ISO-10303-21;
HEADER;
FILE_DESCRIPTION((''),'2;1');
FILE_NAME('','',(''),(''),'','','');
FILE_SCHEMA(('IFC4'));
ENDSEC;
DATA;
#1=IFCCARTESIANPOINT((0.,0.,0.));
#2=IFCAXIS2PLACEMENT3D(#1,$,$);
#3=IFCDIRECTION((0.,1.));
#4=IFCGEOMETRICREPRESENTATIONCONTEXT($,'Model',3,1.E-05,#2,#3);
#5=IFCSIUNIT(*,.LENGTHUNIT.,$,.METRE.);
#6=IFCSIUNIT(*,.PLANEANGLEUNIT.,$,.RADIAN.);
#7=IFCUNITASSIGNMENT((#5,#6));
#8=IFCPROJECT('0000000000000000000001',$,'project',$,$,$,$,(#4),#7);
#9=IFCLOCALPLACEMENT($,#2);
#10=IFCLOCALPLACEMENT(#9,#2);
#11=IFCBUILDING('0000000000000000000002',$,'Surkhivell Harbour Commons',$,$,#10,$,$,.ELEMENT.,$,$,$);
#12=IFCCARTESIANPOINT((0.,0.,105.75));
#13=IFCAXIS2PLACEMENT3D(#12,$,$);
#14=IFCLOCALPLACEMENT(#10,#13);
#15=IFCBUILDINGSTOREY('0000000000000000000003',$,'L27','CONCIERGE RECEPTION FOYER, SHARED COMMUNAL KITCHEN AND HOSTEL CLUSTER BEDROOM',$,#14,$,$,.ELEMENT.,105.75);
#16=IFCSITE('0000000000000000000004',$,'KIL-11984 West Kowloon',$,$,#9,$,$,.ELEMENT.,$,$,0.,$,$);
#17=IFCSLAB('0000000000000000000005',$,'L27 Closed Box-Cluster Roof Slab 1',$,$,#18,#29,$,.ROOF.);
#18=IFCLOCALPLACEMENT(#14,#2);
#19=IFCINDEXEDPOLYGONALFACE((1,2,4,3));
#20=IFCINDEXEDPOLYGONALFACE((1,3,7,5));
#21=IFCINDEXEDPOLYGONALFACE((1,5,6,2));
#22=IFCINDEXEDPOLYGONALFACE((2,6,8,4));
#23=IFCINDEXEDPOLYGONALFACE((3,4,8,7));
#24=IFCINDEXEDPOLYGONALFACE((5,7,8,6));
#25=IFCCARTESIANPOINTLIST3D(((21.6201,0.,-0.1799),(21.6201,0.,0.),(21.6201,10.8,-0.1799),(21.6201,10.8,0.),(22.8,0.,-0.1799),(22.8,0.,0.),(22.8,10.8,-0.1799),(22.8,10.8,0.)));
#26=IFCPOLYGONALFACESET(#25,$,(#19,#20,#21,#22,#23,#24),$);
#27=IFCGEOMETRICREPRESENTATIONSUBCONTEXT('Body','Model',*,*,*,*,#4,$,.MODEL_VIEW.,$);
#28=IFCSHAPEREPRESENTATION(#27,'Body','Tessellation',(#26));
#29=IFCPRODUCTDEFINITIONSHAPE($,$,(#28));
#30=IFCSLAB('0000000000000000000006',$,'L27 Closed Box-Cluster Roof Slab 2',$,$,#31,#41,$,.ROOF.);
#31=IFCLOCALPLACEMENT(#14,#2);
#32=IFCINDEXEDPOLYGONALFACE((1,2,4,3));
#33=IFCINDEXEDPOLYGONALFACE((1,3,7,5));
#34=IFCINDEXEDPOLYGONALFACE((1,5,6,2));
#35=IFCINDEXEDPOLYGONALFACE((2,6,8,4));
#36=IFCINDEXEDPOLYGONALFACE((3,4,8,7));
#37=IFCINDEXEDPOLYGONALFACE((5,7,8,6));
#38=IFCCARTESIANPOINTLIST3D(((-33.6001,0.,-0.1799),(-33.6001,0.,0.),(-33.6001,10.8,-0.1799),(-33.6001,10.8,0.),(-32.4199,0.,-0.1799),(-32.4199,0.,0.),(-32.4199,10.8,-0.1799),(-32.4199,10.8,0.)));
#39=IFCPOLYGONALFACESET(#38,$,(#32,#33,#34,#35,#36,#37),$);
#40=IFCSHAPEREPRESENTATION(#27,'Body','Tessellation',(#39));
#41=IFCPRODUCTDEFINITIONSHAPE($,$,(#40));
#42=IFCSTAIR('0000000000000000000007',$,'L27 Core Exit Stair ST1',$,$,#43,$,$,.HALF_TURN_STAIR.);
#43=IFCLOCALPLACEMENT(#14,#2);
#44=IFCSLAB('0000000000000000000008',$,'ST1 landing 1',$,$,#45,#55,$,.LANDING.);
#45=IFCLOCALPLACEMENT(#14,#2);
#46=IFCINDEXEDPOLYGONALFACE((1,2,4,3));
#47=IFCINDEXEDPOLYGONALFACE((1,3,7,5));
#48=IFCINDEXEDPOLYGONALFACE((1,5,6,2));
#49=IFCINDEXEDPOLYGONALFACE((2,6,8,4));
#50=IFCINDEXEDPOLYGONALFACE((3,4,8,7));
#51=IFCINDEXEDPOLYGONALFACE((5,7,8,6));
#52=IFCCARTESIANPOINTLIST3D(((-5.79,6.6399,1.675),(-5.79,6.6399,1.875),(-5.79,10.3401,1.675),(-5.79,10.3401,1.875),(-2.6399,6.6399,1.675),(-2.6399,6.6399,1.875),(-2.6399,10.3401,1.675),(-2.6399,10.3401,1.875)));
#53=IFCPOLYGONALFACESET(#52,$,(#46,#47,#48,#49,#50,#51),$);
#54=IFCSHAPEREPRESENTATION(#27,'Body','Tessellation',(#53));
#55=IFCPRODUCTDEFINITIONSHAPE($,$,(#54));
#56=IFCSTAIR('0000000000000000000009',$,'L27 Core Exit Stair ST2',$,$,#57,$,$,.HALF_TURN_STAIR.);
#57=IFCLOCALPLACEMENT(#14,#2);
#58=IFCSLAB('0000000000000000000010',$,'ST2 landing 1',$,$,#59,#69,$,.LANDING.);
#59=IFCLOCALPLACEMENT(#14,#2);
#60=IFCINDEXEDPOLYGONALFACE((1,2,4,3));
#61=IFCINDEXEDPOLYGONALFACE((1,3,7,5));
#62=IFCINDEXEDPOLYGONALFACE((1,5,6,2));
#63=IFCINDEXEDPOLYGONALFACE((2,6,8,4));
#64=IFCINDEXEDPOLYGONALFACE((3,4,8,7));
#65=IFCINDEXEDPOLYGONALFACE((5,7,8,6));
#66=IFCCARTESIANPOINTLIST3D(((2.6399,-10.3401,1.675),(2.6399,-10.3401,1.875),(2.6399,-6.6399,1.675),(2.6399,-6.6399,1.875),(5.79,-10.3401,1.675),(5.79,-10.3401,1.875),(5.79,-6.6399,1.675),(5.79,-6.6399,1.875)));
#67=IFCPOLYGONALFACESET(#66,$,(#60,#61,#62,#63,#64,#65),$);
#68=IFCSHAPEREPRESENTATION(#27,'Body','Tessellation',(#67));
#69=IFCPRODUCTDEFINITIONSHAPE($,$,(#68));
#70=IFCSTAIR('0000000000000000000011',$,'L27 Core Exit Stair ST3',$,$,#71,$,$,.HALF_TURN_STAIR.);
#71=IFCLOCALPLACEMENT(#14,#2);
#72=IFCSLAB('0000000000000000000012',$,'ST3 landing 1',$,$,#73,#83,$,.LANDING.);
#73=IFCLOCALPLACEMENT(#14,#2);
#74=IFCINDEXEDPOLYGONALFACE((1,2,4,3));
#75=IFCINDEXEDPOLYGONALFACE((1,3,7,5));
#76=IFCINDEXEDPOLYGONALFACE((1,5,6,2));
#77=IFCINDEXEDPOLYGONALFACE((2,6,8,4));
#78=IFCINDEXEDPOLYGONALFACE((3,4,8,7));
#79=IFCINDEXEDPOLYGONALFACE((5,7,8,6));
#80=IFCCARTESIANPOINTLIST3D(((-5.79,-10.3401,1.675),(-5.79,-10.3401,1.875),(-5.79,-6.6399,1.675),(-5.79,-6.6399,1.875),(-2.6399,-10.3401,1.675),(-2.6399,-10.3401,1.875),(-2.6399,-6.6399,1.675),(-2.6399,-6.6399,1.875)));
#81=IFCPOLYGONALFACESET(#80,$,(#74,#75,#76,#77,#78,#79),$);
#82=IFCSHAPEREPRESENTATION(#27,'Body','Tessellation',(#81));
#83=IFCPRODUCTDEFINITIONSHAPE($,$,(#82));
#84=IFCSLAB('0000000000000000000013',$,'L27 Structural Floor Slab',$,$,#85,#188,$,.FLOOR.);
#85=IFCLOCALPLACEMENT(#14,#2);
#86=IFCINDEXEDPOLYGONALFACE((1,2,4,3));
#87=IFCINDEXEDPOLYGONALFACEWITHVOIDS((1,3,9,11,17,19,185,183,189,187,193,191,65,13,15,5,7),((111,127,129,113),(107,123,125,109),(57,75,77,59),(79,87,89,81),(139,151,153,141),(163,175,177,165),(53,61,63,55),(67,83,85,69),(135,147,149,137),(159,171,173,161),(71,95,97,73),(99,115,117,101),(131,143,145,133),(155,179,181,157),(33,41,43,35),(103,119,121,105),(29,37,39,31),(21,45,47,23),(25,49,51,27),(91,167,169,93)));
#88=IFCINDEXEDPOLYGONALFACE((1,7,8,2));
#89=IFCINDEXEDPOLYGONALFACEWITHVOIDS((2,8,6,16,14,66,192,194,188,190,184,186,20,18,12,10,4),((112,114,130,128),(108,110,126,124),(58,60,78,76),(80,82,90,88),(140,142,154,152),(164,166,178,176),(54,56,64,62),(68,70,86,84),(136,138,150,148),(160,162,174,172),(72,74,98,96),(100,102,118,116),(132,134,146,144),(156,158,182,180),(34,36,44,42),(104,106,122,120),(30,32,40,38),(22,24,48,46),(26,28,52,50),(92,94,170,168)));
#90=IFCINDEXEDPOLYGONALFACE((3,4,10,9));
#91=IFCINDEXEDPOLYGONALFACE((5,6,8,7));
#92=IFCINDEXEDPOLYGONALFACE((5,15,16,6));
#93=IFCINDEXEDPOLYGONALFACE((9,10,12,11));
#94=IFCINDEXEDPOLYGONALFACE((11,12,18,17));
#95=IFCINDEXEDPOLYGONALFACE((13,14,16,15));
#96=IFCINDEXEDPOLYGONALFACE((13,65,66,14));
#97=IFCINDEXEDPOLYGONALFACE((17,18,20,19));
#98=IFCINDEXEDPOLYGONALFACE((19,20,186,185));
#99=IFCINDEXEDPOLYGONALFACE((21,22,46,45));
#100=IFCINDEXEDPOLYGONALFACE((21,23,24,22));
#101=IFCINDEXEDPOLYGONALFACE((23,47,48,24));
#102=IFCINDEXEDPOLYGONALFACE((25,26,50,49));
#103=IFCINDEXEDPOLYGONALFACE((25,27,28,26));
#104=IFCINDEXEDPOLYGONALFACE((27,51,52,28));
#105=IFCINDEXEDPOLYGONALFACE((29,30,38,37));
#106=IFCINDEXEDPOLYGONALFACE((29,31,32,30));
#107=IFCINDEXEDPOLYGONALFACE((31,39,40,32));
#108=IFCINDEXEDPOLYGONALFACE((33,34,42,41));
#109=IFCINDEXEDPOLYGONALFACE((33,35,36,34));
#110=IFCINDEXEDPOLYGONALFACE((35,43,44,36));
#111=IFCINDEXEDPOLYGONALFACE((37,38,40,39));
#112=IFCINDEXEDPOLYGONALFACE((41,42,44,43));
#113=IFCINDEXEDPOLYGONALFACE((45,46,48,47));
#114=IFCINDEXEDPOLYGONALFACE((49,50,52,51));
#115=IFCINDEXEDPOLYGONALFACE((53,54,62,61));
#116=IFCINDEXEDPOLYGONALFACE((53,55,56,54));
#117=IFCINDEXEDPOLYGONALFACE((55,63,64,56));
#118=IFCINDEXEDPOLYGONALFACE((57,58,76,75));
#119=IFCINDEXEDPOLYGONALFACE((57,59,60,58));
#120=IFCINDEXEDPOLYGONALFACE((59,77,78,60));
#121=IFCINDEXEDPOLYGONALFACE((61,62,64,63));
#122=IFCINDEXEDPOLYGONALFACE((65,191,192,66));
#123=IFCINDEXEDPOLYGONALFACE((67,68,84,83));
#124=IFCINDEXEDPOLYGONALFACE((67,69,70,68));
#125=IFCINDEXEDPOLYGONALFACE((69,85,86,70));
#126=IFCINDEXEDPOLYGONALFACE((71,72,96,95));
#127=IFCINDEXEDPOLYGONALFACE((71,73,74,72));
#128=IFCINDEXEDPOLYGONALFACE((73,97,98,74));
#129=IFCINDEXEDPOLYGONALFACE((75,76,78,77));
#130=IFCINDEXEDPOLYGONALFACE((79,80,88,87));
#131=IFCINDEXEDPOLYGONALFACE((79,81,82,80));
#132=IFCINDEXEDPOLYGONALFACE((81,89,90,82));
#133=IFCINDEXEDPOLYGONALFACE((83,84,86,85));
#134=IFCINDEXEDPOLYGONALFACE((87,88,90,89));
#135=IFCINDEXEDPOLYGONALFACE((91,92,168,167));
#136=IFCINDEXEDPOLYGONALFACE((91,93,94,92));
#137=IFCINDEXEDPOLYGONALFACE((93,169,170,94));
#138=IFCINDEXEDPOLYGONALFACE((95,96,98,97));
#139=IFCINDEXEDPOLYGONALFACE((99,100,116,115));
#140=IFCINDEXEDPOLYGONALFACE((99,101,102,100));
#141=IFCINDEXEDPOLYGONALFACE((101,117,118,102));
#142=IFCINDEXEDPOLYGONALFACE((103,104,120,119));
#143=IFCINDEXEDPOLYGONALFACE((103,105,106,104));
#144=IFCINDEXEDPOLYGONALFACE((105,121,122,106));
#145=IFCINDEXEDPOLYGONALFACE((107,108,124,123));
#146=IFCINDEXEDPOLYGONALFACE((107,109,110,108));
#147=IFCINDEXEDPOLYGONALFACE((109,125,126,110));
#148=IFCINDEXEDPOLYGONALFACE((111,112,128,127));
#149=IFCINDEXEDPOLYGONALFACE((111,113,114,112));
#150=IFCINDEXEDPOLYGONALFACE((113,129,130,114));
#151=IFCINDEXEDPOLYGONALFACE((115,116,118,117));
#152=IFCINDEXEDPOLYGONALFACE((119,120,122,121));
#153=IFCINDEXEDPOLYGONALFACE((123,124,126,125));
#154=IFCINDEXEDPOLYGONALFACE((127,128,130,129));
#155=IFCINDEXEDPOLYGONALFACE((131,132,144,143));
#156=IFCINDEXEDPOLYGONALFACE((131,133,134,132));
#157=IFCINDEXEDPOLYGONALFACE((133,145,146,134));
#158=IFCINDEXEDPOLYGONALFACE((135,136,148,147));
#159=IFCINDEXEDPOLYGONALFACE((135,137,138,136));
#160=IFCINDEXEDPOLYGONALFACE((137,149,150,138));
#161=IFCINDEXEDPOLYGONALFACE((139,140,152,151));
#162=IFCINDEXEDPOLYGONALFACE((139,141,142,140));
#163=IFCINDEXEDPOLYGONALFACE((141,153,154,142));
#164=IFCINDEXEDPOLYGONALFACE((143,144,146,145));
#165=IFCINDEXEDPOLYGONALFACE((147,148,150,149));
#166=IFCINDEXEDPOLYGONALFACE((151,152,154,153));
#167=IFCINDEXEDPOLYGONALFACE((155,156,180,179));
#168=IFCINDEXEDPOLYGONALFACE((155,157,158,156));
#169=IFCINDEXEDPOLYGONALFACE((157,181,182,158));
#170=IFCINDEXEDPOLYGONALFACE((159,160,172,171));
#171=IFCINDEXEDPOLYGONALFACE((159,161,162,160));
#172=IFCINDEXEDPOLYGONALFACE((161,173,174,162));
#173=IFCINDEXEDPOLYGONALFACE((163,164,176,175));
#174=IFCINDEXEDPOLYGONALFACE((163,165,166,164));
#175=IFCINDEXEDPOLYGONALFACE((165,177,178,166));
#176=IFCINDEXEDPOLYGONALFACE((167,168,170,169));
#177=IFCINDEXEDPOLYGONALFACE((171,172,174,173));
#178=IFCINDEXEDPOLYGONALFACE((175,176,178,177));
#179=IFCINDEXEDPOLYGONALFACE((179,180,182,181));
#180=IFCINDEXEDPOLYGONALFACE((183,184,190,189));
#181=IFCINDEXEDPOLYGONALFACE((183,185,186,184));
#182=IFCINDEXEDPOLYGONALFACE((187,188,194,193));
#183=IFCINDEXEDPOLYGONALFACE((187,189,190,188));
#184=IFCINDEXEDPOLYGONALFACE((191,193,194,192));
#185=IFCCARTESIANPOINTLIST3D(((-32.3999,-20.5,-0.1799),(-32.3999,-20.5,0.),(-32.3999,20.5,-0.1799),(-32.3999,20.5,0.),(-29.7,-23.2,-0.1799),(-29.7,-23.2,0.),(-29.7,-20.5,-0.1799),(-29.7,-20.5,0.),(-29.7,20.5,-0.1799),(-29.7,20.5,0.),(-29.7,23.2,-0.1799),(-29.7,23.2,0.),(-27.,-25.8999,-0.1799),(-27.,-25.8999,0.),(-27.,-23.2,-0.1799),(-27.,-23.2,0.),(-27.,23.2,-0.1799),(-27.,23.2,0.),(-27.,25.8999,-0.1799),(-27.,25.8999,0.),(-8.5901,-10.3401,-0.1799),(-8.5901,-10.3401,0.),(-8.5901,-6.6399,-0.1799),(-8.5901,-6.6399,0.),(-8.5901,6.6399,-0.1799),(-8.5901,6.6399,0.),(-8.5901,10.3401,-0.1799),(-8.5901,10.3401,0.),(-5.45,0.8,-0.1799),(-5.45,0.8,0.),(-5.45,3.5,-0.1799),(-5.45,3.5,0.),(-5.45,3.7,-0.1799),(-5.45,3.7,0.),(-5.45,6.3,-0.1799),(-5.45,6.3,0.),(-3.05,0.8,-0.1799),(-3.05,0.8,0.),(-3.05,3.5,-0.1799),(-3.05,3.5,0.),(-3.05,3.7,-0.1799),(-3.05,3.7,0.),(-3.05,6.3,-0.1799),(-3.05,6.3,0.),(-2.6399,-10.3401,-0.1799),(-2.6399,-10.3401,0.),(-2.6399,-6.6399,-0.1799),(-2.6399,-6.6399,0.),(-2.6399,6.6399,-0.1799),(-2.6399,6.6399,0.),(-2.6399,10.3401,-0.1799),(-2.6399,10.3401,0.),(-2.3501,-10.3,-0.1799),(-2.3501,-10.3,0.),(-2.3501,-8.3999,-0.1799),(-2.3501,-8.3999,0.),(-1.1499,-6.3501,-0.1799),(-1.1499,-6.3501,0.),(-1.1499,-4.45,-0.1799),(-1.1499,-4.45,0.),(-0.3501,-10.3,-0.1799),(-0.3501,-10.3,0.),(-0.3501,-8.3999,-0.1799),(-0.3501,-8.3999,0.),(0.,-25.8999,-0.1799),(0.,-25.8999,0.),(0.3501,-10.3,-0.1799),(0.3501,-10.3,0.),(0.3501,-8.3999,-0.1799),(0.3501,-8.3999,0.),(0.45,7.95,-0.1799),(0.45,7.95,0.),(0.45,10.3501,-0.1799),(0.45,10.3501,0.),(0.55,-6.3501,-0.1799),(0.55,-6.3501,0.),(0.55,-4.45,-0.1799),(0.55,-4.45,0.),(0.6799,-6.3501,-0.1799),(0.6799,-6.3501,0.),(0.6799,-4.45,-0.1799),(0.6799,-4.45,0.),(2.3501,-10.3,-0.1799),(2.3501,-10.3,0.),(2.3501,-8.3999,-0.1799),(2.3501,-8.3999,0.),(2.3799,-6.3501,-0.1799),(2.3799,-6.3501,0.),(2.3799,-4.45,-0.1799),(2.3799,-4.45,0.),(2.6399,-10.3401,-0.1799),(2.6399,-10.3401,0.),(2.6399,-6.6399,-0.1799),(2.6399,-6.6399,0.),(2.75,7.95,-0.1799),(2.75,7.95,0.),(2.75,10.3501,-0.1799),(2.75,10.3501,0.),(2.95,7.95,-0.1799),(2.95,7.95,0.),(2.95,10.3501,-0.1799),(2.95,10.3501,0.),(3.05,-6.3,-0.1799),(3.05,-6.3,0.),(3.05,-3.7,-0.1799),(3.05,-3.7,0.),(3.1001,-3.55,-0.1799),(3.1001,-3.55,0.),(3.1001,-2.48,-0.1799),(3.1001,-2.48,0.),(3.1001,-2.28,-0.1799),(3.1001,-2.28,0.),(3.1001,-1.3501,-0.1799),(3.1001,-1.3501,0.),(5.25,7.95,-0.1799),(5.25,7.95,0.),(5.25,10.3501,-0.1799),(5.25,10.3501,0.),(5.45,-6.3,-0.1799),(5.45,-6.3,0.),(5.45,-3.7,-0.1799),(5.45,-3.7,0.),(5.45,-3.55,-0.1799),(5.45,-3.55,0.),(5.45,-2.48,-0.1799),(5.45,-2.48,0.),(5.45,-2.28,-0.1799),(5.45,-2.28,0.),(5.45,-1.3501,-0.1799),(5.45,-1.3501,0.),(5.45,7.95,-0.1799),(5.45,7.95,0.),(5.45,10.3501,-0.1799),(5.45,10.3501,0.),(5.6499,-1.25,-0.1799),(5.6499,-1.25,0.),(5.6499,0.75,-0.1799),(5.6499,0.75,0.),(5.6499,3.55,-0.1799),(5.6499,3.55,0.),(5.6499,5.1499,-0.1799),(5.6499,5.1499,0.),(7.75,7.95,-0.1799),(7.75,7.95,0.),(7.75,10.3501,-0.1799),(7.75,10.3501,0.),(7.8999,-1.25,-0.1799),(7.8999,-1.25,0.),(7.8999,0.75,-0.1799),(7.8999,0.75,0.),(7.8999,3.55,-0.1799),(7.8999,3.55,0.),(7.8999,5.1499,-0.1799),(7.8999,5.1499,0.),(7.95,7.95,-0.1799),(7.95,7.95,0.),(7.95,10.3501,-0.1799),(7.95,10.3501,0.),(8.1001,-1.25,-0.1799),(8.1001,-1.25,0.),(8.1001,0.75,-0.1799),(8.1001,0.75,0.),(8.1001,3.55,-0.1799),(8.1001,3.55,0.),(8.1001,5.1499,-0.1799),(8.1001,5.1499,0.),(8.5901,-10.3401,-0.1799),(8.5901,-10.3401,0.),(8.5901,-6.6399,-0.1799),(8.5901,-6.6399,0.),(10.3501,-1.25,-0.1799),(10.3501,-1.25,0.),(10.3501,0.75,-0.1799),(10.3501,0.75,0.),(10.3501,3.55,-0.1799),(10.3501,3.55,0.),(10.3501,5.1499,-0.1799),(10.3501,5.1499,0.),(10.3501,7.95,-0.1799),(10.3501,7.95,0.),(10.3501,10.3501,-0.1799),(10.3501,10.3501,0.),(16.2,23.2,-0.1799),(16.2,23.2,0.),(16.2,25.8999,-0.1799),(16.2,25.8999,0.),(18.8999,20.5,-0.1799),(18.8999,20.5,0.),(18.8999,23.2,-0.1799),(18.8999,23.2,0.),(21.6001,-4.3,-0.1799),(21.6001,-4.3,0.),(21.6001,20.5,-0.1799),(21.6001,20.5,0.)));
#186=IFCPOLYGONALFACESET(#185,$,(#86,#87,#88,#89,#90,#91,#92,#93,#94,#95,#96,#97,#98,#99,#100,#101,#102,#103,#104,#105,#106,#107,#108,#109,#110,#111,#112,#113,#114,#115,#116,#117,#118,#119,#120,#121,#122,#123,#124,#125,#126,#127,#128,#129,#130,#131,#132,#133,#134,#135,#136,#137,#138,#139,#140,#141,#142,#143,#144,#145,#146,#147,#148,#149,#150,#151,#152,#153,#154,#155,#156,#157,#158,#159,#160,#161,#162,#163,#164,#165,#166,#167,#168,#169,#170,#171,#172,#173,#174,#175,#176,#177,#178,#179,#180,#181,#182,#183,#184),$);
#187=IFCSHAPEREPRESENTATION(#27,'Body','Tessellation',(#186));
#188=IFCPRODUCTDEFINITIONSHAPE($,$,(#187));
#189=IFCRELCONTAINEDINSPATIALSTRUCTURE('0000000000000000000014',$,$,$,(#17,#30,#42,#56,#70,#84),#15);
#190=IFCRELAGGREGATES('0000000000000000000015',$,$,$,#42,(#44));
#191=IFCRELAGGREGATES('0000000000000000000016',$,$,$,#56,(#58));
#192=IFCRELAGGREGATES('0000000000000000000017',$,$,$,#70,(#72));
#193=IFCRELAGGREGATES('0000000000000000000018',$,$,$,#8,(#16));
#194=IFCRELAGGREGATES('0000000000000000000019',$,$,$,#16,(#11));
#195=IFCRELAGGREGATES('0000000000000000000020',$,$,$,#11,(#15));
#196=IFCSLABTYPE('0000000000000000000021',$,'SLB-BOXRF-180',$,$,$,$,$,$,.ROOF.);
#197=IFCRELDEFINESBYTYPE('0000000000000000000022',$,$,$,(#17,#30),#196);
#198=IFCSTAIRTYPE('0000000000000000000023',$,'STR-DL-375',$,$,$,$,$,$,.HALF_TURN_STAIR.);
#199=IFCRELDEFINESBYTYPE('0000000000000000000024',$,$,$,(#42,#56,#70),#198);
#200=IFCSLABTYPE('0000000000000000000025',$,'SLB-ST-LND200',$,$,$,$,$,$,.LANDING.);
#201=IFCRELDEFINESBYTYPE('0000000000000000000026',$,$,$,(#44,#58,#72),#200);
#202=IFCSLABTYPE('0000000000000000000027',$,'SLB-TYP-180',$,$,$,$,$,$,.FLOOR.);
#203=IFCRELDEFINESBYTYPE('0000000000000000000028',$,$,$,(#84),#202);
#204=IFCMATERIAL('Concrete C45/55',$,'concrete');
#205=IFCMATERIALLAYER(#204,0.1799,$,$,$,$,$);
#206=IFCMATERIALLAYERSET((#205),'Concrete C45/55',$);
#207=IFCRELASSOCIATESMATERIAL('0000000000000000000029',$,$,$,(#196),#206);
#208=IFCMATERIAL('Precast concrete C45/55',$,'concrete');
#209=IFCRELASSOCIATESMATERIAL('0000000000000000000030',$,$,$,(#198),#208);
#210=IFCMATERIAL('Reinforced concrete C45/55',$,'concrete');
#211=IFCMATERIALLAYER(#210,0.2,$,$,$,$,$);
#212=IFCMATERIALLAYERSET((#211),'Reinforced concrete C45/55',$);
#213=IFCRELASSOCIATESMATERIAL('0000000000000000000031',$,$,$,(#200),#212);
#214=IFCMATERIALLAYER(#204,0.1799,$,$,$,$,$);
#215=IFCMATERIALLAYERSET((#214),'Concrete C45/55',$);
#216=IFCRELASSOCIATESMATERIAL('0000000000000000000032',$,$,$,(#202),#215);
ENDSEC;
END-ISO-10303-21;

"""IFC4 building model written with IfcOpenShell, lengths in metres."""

from ifc_helpers import new_model, si_unit, direction, frame, origin, place, context, subcontext, project, spatial, polyline, outline, extrude, material, layer, layer_set, type_object, element, aggregate, save


model = new_model("IFC4")

# Units and contexts
model_context = context("Model", 3, precision=1e-05, world=origin(), true_north=direction((0.0, 1.0)))
body_context = subcontext(model_context, "Body", "Model", "MODEL_VIEW")
ifc_project = project(units=[si_unit("LENGTHUNIT", "METRE"), si_unit("PLANEANGLEUNIT", "RADIAN")], contexts=[model_context])

# Site, building, storey
site_placement = place(None, origin())
site = spatial("IfcSite", under=ifc_project, at=site_placement, Name="KIL-11984 West Kowloon", CompositionType="ELEMENT", RefElevation=0.0)
building_placement = place(site_placement, origin())
building = spatial("IfcBuilding", under=site, at=building_placement, Name="Surkhivell Harbour Commons", CompositionType="ELEMENT")
storey_placement = place(building_placement, frame((0.0, 0.0, 105.75)))
storey = spatial("IfcBuildingStorey", under=building, at=storey_placement, Name="L27", Description="CONCIERGE RECEPTION FOYER, SHARED COMMUNAL KITCHEN AND HOSTEL CLUSTER BEDROOM", CompositionType="ELEMENT", Elevation=105.75)

# Slabs
ifc_material_1 = material(Name="Concrete C45/55", Category="concrete")
ifc_layer_1 = layer(ifc_material_1, 0.1799)
ifc_layer_set_1 = layer_set([ifc_layer_1], Name="Concrete C45/55")
slab_type_1 = type_object("IfcSlabType", Name="SLB-BOXRF-180", PredefinedType="ROOF", material=ifc_layer_set_1)
slab_1_placement = place(storey_placement, frame((0.0, 0.0, -0.1799)))
element("IfcSlab", 1, at=slab_1_placement, inside=storey, type_object=slab_type_1, Name="L27 Closed Box-Cluster Roof Slab 1", PredefinedType="ROOF", context=body_context, shape_type="SweptSolid", body=[
    extrude(outline(polyline([(22.8, 10.8), (21.6201, 10.8), (21.6201, 0.0), (22.8, 0.0), (22.8, 10.8)])), origin(), (0.0, 0.0, 1.0), 0.1799),
])
slab_2_placement = place(storey_placement, frame((0.0, 0.0, -0.1799)))
element("IfcSlab", 2, at=slab_2_placement, inside=storey, type_object=slab_type_1, Name="L27 Closed Box-Cluster Roof Slab 2", PredefinedType="ROOF", context=body_context, shape_type="SweptSolid", body=[
    extrude(outline(polyline([(-33.6001, 0.0), (-32.4199, 0.0), (-32.4199, 10.8), (-33.6001, 10.8), (-33.6001, 0.0)])), origin(), (0.0, 0.0, 1.0), 0.1799),
])

# Stairs, slabs
ifc_material_2 = material(Name="Precast concrete C45/55", Category="concrete")
stair_type = type_object("IfcStairType", Name="STR-DL-375", PredefinedType="HALF_TURN_STAIR", material=ifc_material_2)
stair_1_placement = place(storey_placement, origin())
stair_1 = element("IfcStair", 3, at=stair_1_placement, inside=storey, type_object=stair_type, Name="L27 Core Exit Stair ST1", PredefinedType="HALF_TURN_STAIR")
ifc_material_3 = material(Name="Reinforced concrete C45/55", Category="concrete")
ifc_layer_2 = layer(ifc_material_3, 0.2)
ifc_layer_set_2 = layer_set([ifc_layer_2], Name="Reinforced concrete C45/55")
slab_type_2 = type_object("IfcSlabType", Name="SLB-ST-LND200", PredefinedType="LANDING", material=ifc_layer_set_2)
slab_3_placement = place(storey_placement, frame((0.0, 0.0, 1.675)))
slab_3 = element("IfcSlab", 4, at=slab_3_placement, type_object=slab_type_2, Name="ST1 landing 1", PredefinedType="LANDING", context=body_context, shape_type="SweptSolid", body=[
    extrude(outline(polyline([(-5.79, 6.6399), (-2.6399, 6.6399), (-2.6399, 10.3401), (-5.79, 10.3401), (-5.79, 6.6399)])), origin(), (0.0, 0.0, 1.0), 0.2),
])
aggregate(stair_1, [slab_3])
stair_2_placement = place(storey_placement, origin())
stair_2 = element("IfcStair", 5, at=stair_2_placement, inside=storey, type_object=stair_type, Name="L27 Core Exit Stair ST2", PredefinedType="HALF_TURN_STAIR")
slab_4_placement = place(storey_placement, frame((0.0, 0.0, 1.675)))
slab_4 = element("IfcSlab", 6, at=slab_4_placement, type_object=slab_type_2, Name="ST2 landing 1", PredefinedType="LANDING", context=body_context, shape_type="SweptSolid", body=[
    extrude(outline(polyline([(5.79, -6.6399), (2.6399, -6.6399), (2.6399, -10.3401), (5.79, -10.3401), (5.79, -6.6399)])), origin(), (0.0, 0.0, 1.0), 0.2),
])
aggregate(stair_2, [slab_4])
stair_3_placement = place(storey_placement, origin())
stair_3 = element("IfcStair", 7, at=stair_3_placement, inside=storey, type_object=stair_type, Name="L27 Core Exit Stair ST3", PredefinedType="HALF_TURN_STAIR")
slab_5_placement = place(storey_placement, frame((0.0, 0.0, 1.675)))
slab_5 = element("IfcSlab", 8, at=slab_5_placement, type_object=slab_type_2, Name="ST3 landing 1", PredefinedType="LANDING", context=body_context, shape_type="SweptSolid", body=[
    extrude(outline(polyline([(-5.79, -10.3401), (-2.6399, -10.3401), (-2.6399, -6.6399), (-5.79, -6.6399), (-5.79, -10.3401)])), origin(), (0.0, 0.0, 1.0), 0.2),
])
aggregate(stair_3, [slab_5])

# Slab
ifc_layer_3 = layer(ifc_material_1, 0.1799)
ifc_layer_set_3 = layer_set([ifc_layer_3], Name="Concrete C45/55")
slab_type_3 = type_object("IfcSlabType", Name="SLB-TYP-180", PredefinedType="FLOOR", material=ifc_layer_set_3)
slab_6_placement = place(storey_placement, frame((0.0, 0.0, -0.1799)))
element("IfcSlab", 9, at=slab_6_placement, inside=storey, type_object=slab_type_3, Name="L27 Structural Floor Slab", PredefinedType="FLOOR", context=body_context, shape_type="SweptSolid", body=[
    extrude(outline(polyline([(-27.0, -25.8999), (0.0, -25.8999), (21.6001, -4.3), (21.6001, 20.5), (18.8999, 20.5), (18.8999, 23.2), (16.2, 23.2), (16.2, 25.8999), (-27.0, 25.8999), (-27.0, 23.2), (-29.7, 23.2), (-29.7, 20.5), (-32.3999, 20.5), (-32.3999, -20.5), (-29.7, -20.5), (-29.7, -23.2), (-27.0, -23.2), (-27.0, -25.8999)]), holes=[polyline([(-8.5901, 6.6399), (-2.6399, 6.6399), (-2.6399, 10.3401), (-8.5901, 10.3401), (-8.5901, 6.6399)]), polyline([(8.5901, -6.6399), (2.6399, -6.6399), (2.6399, -10.3401), (8.5901, -10.3401), (8.5901, -6.6399)]), polyline([(-8.5901, -10.3401), (-2.6399, -10.3401), (-2.6399, -6.6399), (-8.5901, -6.6399), (-8.5901, -10.3401)]), polyline([(0.45, 7.95), (2.75, 7.95), (2.75, 10.3501), (0.45, 10.3501), (0.45, 7.95)]), polyline([(2.95, 7.95), (5.25, 7.95), (5.25, 10.3501), (2.95, 10.3501), (2.95, 7.95)]), polyline([(5.45, 7.95), (7.75, 7.95), (7.75, 10.3501), (5.45, 10.3501), (5.45, 7.95)]), polyline([(7.95, 7.95), (10.3501, 7.95), (10.3501, 10.3501), (7.95, 10.3501), (7.95, 7.95)]), polyline([(5.6499, 3.55), (7.8999, 3.55), (7.8999, 5.1499), (5.6499, 5.1499), (5.6499, 3.55)]), polyline([(8.1001, 3.55), (10.3501, 3.55), (10.3501, 5.1499), (8.1001, 5.1499), (8.1001, 3.55)]), polyline([(5.6499, -1.25), (7.8999, -1.25), (7.8999, 0.75), (5.6499, 0.75), (5.6499, -1.25)]), polyline([(8.1001, -1.25), (10.3501, -1.25), (10.3501, 0.75), (8.1001, 0.75), (8.1001, -1.25)]), polyline([(-1.1499, -6.3501), (0.55, -6.3501), (0.55, -4.45), (-1.1499, -4.45), (-1.1499, -6.3501)]), polyline([(0.6799, -6.3501), (2.3799, -6.3501), (2.3799, -4.45), (0.6799, -4.45), (0.6799, -6.3501)]), polyline([(-2.3501, -10.3), (-0.3501, -10.3), (-0.3501, -8.3999), (-2.3501, -8.3999), (-2.3501, -10.3)]), polyline([(0.3501, -10.3), (2.3501, -10.3), (2.3501, -8.3999), (0.3501, -8.3999), (0.3501, -10.3)]), polyline([(-5.45, 3.7), (-3.05, 3.7), (-3.05, 6.3), (-5.45, 6.3), (-5.45, 3.7)]), polyline([(3.05, -6.3), (5.45, -6.3), (5.45, -3.7), (3.05, -3.7), (3.05, -6.3)]), polyline([(-5.45, 0.8), (-3.05, 0.8), (-3.05, 3.5), (-5.45, 3.5), (-5.45, 0.8)]), polyline([(3.1001, -3.55), (5.45, -3.55), (5.45, -2.48), (3.1001, -2.48), (3.1001, -3.55)]), polyline([(3.1001, -2.28), (5.45, -2.28), (5.45, -1.3501), (3.1001, -1.3501), (3.1001, -2.28)])]), origin(), (0.0, 0.0, 1.0), 0.1799),
])

save(model, "model.ifc")
